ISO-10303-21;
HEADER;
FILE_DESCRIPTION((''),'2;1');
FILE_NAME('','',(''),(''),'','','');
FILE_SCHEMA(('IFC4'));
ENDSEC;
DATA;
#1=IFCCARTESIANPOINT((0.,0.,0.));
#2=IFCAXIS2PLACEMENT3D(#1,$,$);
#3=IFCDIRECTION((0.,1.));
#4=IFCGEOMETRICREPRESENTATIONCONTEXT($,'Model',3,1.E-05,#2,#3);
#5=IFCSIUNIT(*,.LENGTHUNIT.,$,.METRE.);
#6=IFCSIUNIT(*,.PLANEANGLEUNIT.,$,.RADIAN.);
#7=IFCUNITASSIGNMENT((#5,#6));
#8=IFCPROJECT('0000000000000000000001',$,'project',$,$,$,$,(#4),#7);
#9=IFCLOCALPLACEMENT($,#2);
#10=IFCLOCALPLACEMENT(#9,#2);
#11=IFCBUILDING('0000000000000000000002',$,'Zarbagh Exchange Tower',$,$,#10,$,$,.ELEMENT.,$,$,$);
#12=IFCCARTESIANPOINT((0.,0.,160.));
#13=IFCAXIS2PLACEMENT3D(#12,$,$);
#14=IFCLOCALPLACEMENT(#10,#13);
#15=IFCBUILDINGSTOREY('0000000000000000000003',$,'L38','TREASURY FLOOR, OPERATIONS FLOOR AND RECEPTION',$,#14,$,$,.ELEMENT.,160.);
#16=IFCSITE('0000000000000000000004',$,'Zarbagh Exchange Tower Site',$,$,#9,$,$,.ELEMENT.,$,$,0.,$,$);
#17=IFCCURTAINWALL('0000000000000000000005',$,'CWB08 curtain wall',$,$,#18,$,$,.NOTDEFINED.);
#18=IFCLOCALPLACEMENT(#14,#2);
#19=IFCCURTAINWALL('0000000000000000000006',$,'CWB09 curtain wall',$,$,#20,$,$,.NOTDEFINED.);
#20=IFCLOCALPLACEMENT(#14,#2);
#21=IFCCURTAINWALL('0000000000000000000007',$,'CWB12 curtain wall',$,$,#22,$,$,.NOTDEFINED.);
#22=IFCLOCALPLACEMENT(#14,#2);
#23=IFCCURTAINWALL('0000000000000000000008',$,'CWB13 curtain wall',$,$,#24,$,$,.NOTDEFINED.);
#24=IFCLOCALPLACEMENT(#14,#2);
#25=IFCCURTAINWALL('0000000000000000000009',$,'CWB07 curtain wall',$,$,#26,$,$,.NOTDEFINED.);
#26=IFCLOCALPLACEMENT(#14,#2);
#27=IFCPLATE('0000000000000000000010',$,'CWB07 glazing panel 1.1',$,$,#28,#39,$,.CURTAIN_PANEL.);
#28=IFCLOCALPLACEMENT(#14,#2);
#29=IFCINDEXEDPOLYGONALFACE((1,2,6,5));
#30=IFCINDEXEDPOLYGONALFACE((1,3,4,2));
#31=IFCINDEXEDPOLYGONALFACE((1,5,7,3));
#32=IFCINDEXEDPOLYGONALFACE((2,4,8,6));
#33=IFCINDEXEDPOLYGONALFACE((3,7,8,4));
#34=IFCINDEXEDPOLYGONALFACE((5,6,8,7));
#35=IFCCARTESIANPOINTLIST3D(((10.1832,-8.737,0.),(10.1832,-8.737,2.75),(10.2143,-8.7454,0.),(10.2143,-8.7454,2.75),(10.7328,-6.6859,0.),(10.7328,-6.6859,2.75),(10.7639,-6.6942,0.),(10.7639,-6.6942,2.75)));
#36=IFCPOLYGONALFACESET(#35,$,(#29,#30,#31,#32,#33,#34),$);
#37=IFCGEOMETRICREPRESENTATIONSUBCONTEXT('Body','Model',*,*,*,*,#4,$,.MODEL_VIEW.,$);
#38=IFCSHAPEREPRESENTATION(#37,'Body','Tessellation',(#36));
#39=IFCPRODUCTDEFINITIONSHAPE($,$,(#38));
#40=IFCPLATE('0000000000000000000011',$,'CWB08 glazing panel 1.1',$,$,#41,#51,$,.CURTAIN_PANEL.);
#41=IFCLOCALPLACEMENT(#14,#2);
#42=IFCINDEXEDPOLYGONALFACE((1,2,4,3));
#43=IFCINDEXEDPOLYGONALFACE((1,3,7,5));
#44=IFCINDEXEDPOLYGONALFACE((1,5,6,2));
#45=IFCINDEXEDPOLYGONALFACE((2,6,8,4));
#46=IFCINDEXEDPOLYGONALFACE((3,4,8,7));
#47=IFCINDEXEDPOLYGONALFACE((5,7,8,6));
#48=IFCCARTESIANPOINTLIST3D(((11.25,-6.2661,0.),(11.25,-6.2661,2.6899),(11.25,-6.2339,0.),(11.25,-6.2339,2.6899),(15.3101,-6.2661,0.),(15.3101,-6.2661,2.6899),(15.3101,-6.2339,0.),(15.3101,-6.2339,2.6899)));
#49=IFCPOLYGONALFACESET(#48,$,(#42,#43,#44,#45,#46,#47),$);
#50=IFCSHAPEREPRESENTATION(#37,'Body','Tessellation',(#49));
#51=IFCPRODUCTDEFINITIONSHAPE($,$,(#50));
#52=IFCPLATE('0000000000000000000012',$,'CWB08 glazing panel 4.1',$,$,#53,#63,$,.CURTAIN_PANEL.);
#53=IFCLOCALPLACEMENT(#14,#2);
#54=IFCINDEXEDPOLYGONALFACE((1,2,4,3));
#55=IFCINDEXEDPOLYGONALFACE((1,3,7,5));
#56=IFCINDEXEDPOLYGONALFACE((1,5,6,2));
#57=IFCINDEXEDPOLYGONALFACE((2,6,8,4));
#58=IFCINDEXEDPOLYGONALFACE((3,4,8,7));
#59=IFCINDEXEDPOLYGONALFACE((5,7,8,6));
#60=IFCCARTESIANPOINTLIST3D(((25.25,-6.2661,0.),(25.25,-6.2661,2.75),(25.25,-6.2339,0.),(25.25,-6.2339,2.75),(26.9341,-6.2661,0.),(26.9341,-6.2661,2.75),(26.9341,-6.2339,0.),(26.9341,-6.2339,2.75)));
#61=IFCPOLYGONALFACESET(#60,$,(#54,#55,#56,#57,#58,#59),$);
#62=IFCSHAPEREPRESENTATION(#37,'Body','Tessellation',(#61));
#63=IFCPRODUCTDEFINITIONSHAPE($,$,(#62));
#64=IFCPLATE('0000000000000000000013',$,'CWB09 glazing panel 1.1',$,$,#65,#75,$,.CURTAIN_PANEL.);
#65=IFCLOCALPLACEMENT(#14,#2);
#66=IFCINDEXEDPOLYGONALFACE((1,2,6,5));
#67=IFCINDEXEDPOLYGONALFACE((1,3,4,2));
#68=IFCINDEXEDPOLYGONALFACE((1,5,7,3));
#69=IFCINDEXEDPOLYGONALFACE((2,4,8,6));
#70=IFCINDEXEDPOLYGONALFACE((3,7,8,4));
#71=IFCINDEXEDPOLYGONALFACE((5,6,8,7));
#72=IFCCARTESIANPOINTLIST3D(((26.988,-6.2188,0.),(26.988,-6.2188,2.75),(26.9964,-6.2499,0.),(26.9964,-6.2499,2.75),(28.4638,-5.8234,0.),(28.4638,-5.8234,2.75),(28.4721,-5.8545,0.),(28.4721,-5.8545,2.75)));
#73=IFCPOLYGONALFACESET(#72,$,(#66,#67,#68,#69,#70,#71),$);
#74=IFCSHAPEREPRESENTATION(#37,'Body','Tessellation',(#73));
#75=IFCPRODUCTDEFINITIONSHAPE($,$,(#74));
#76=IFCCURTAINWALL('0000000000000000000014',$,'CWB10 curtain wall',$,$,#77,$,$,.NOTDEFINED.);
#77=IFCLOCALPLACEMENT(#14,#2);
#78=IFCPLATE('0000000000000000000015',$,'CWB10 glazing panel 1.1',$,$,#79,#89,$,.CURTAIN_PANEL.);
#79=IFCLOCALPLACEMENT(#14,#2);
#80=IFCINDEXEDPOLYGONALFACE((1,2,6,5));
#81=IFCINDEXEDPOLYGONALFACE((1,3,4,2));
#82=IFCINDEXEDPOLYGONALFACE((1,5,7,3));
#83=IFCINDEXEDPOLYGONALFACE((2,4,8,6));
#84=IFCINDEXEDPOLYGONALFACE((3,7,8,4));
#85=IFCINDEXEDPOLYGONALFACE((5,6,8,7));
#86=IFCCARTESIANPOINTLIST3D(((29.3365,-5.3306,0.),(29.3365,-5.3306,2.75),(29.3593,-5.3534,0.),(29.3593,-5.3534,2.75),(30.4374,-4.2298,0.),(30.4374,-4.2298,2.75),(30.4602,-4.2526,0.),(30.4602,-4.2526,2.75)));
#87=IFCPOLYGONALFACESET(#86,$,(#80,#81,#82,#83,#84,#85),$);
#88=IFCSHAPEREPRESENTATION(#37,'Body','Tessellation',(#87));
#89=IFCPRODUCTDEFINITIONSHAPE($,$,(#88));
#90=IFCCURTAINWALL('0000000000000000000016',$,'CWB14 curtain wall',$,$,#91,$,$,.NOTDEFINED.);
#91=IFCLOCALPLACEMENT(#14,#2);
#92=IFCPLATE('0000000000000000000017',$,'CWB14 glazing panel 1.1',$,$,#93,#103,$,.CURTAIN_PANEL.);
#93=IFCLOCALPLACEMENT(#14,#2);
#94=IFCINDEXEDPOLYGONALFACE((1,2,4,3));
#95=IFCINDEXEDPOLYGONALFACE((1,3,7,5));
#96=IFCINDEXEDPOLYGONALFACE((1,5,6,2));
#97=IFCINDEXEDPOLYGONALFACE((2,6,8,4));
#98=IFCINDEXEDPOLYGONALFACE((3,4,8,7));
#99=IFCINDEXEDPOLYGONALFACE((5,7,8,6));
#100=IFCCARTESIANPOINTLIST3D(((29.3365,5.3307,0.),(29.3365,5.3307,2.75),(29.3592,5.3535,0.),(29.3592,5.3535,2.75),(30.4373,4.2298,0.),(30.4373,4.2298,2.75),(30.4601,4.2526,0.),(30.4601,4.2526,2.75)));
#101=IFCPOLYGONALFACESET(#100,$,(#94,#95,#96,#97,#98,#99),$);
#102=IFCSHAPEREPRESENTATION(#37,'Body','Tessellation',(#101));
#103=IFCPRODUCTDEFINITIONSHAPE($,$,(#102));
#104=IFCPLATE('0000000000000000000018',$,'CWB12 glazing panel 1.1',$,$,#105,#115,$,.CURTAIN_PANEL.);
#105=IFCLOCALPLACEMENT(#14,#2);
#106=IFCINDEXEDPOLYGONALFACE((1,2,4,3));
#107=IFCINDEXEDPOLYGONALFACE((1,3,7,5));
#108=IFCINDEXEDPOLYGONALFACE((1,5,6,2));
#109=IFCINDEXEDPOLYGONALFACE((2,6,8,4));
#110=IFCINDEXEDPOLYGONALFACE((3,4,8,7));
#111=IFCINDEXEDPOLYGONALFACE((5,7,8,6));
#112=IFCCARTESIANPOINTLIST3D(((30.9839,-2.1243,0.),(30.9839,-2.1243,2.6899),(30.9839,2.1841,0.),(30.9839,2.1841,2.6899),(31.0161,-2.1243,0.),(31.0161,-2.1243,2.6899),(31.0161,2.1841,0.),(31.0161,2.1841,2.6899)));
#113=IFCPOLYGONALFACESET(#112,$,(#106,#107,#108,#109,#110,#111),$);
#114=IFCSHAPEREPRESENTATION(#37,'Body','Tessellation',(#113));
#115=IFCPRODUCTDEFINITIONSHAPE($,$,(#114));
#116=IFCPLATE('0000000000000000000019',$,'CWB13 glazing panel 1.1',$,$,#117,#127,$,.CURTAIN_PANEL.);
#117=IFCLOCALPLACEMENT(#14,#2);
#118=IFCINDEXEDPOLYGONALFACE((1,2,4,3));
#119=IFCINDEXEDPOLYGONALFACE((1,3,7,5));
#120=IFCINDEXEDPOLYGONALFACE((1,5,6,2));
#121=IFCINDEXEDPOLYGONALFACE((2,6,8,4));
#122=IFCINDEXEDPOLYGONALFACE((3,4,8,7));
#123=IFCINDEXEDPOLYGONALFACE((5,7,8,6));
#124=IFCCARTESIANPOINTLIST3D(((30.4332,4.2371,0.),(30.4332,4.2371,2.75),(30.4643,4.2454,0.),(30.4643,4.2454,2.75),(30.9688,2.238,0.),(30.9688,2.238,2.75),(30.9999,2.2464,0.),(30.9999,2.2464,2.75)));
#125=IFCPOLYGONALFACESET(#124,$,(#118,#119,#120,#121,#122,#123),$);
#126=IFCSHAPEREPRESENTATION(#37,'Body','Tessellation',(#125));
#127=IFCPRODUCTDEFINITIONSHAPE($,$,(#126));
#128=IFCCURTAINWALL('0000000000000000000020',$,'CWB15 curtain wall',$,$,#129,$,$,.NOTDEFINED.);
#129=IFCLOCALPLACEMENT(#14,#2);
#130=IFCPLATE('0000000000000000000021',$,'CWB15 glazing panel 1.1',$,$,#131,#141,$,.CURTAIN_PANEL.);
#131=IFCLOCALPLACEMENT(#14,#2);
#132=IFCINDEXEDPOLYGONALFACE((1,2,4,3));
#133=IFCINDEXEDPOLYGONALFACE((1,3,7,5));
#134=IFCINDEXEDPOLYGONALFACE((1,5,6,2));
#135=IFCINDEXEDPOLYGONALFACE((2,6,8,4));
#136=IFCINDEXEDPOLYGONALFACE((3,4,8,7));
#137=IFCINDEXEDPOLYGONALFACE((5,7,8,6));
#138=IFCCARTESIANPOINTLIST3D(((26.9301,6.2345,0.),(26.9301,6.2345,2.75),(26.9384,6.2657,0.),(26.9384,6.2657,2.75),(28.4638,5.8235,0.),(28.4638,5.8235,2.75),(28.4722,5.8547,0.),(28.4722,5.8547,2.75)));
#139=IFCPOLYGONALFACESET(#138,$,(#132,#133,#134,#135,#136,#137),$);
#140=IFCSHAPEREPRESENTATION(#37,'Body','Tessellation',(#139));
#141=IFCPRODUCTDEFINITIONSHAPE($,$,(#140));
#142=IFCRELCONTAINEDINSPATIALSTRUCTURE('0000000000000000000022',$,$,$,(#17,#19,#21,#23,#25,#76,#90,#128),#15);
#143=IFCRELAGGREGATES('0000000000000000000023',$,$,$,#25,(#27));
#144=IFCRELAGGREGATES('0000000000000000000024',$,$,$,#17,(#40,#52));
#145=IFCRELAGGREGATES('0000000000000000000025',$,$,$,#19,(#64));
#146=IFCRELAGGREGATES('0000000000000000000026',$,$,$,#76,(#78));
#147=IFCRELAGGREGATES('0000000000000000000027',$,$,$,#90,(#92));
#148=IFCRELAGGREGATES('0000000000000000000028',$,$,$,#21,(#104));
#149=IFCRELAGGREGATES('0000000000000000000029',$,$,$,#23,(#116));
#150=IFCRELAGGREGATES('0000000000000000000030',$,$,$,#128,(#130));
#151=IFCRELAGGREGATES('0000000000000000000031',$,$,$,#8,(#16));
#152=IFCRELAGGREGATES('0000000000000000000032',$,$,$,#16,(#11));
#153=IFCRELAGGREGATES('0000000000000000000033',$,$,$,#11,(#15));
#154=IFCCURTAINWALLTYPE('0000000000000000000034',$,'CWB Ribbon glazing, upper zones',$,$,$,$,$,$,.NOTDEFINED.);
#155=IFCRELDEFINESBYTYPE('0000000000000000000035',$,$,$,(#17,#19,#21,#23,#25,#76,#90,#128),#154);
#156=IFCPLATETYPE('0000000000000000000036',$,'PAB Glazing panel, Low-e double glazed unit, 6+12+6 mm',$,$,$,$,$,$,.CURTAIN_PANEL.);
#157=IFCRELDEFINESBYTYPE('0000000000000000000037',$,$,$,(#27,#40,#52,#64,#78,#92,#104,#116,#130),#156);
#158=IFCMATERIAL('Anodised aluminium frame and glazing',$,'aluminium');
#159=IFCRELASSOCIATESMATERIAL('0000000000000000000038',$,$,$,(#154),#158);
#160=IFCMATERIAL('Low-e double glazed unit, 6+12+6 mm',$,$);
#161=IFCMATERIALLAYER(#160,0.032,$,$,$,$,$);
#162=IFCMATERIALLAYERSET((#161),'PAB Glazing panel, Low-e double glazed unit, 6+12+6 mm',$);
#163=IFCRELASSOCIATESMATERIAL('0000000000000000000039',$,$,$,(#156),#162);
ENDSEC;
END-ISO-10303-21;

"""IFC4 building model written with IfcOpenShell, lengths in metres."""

from ifc_helpers import new_model, si_unit, direction, frame, origin, place, context, subcontext, project, spatial, polyline, outline, extrude, source, transform, mapped, material, layer, layer_set, type_object, element, aggregate, save


model = new_model("IFC4")

# Units and contexts
model_context = context("Model", 3, precision=1e-05, world=origin(), true_north=direction((0.0, 1.0)))
body_context = subcontext(model_context, "Body", "Model", "MODEL_VIEW")
ifc_project = project(units=[si_unit("LENGTHUNIT", "METRE"), si_unit("PLANEANGLEUNIT", "RADIAN")], contexts=[model_context])

# Site, building, storey
site_placement = place(None, origin())
site = spatial("IfcSite", under=ifc_project, at=site_placement, Name="Zarbagh Exchange Tower Site", CompositionType="ELEMENT", RefElevation=0.0)
building_placement = place(site_placement, origin())
building = spatial("IfcBuilding", under=site, at=building_placement, Name="Zarbagh Exchange Tower", CompositionType="ELEMENT")
storey_placement = place(building_placement, frame((0.0, 0.0, 160.0)))
storey = spatial("IfcBuildingStorey", under=building, at=storey_placement, Name="L38", Description="TREASURY FLOOR, OPERATIONS FLOOR AND RECEPTION", CompositionType="ELEMENT", Elevation=160.0)

# Shared definitions
ifc_material_1 = material(Name="Anodised aluminium frame and glazing", Category="aluminium")
curtain_wall_type = type_object("IfcCurtainWallType", Name="CWB Ribbon glazing, upper zones", PredefinedType="NOTDEFINED", material=ifc_material_1)
placement = place(storey_placement, origin())

# Curtain wall
curtain_wall_1_placement = place(storey_placement, origin())
curtain_wall_1 = element("IfcCurtainWall", 1, at=curtain_wall_1_placement, inside=storey, type_object=curtain_wall_type, Name="CWB08 curtain wall", PredefinedType="NOTDEFINED")

# Curtain walls
curtain_wall_2_placement = place(storey_placement, origin())
curtain_wall_2 = element("IfcCurtainWall", 2, at=curtain_wall_2_placement, inside=storey, type_object=curtain_wall_type, Name="CWB09 curtain wall", PredefinedType="NOTDEFINED")
curtain_wall_3_placement = place(storey_placement, origin())
curtain_wall_3 = element("IfcCurtainWall", 3, at=curtain_wall_3_placement, inside=storey, type_object=curtain_wall_type, Name="CWB12 curtain wall", PredefinedType="NOTDEFINED")
curtain_wall_4_placement = place(storey_placement, origin())
curtain_wall_4 = element("IfcCurtainWall", 4, at=curtain_wall_4_placement, inside=storey, type_object=curtain_wall_type, Name="CWB13 curtain wall", PredefinedType="NOTDEFINED")

# Shared definitions
ifc_material_2 = material(Name="Low-e double glazed unit, 6+12+6 mm")
ifc_layer = layer(ifc_material_2, 0.032)
ifc_layer_set = layer_set([ifc_layer], Name="PAB Glazing panel, Low-e double glazed unit, 6+12+6 mm")
plate_type = type_object("IfcPlateType", Name="PAB Glazing panel, Low-e double glazed unit, 6+12+6 mm", PredefinedType="CURTAIN_PANEL", material=ifc_layer_set)

# Curtain wall, plate
curtain_wall_5_placement = place(storey_placement, origin())
curtain_wall_5 = element("IfcCurtainWall", 5, at=curtain_wall_5_placement, inside=storey, type_object=curtain_wall_type, Name="CWB07 curtain wall", PredefinedType="NOTDEFINED")
shared_shape_1 = source(origin(), body_context, "Body", "SweptSolid", [
    extrude(outline(polyline([(0.0, -0.0161), (2.1235, -0.0161), (2.1235, 0.0161), (0.0, 0.0161), (0.0, -0.0161)])), origin(), (0.0, 0.0, 1.0), 2.75),
])
plate_1 = element("IfcPlate", 6, at=placement, type_object=plate_type, Name="CWB07 glazing panel 1.1", PredefinedType="CURTAIN_PANEL", context=body_context, shape_type="MappedRepresentation", body=[
    mapped(shared_shape_1, transform((10.1987, -8.7412, 0.0), x_axis=(0.258825, 0.965924, 0.0), y_axis=(-0.965924, 0.258825, 0.0), z_axis=(0.0, 0.0, 1.0))),
])
aggregate(curtain_wall_5, [plate_1])

# Plates
shared_shape_2 = source(origin(), body_context, "Body", "SweptSolid", [
    extrude(outline(polyline([(0.0, -0.0161), (4.0601, -0.0161), (4.0601, 0.0161), (0.0, 0.0161), (0.0, -0.0161)])), origin(), (0.0, 0.0, 1.0), 2.6899),
])
plate_2 = element("IfcPlate", 7, at=placement, type_object=plate_type, Name="CWB08 glazing panel 1.1", PredefinedType="CURTAIN_PANEL", context=body_context, shape_type="MappedRepresentation", body=[
    mapped(shared_shape_2, transform((11.25, -6.25, 0.0), x_axis=(1.0, 0.0, 0.0), y_axis=(0.0, 1.0, 0.0), z_axis=(0.0, 0.0, 1.0))),
])
shared_shape_3 = source(origin(), body_context, "Body", "SweptSolid", [
    extrude(outline(polyline([(0.0, -0.0161), (1.6841, -0.0161), (1.6841, 0.0161), (0.0, 0.0161), (0.0, -0.0161)])), origin(), (0.0, 0.0, 1.0), 2.75),
])
plate_3 = element("IfcPlate", 8, at=placement, type_object=plate_type, Name="CWB08 glazing panel 4.1", PredefinedType="CURTAIN_PANEL", context=body_context, shape_type="MappedRepresentation", body=[
    mapped(shared_shape_3, transform((25.25, -6.25, 0.0), x_axis=(1.0, 0.0, 0.0), y_axis=(0.0, 1.0, 0.0), z_axis=(0.0, 0.0, 1.0))),
])
aggregate(curtain_wall_1, [plate_2, plate_3])
shared_shape_4 = source(origin(), body_context, "Body", "SweptSolid", [
    extrude(outline(polyline([(0.0, -0.0161), (1.5278, -0.0161), (1.5278, 0.0161), (0.0, 0.0161), (0.0, -0.0161)])), origin(), (0.0, 0.0, 1.0), 2.75),
])
plate_4 = element("IfcPlate", 9, at=placement, type_object=plate_type, Name="CWB09 glazing panel 1.1", PredefinedType="CURTAIN_PANEL", context=body_context, shape_type="MappedRepresentation", body=[
    mapped(shared_shape_4, transform((26.9922, -6.2344, 0.0), x_axis=(0.965924, 0.258825, 0.0), y_axis=(-0.258825, 0.965924, 0.0), z_axis=(0.0, 0.0, 1.0))),
])
aggregate(curtain_wall_2, [plate_4])

# Curtain walls, plates
curtain_wall_6_placement = place(storey_placement, origin())
curtain_wall_6 = element("IfcCurtainWall", 10, at=curtain_wall_6_placement, inside=storey, type_object=curtain_wall_type, Name="CWB10 curtain wall", PredefinedType="NOTDEFINED")
shared_shape_5 = source(origin(), body_context, "Body", "SweptSolid", [
    extrude(outline(polyline([(0.0, -0.0161), (1.5569, -0.0161), (1.5569, 0.0161), (0.0, 0.0161), (0.0, -0.0161)])), origin(), (0.0, 0.0, 1.0), 2.75),
])
plate_5 = element("IfcPlate", 11, at=placement, type_object=plate_type, Name="CWB10 glazing panel 1.1", PredefinedType="CURTAIN_PANEL", context=body_context, shape_type="MappedRepresentation", body=[
    mapped(shared_shape_5, transform((29.3479, -5.342, 0.0), x_axis=(0.707107, 0.707107, 0.0), y_axis=(-0.707107, 0.707107, 0.0), z_axis=(0.0, 0.0, 1.0))),
])
aggregate(curtain_wall_6, [plate_5])
curtain_wall_7_placement = place(storey_placement, origin())
curtain_wall_7 = element("IfcCurtainWall", 12, at=curtain_wall_7_placement, inside=storey, type_object=curtain_wall_type, Name="CWB14 curtain wall", PredefinedType="NOTDEFINED")
plate_6 = element("IfcPlate", 13, at=placement, type_object=plate_type, Name="CWB14 glazing panel 1.1", PredefinedType="CURTAIN_PANEL", context=body_context, shape_type="MappedRepresentation", body=[
    mapped(shared_shape_5, transform((30.4487, 4.2412, 0.0), x_axis=(-0.707107, 0.707107, 0.0), y_axis=(-0.707107, -0.707107, 0.0), z_axis=(0.0, 0.0, 1.0))),
])
aggregate(curtain_wall_7, [plate_6])

# Plates
shared_shape_6 = source(origin(), body_context, "Body", "SweptSolid", [
    extrude(outline(polyline([(0.0, -0.0161), (4.3083, -0.0161), (4.3083, 0.0161), (0.0, 0.0161), (0.0, -0.0161)])), origin(), (0.0, 0.0, 1.0), 2.6899),
])
plate_7 = element("IfcPlate", 14, at=placement, type_object=plate_type, Name="CWB12 glazing panel 1.1", PredefinedType="CURTAIN_PANEL", context=body_context, shape_type="MappedRepresentation", body=[
    mapped(shared_shape_6, transform((31.0, -2.1243, 0.0), x_axis=(0.0, 1.0, 0.0), y_axis=(-1.0, 0.0, 0.0), z_axis=(0.0, 0.0, 1.0))),
])
aggregate(curtain_wall_3, [plate_7])
shared_shape_7 = source(origin(), body_context, "Body", "SweptSolid", [
    extrude(outline(polyline([(0.0, -0.0161), (2.0696, -0.0161), (2.0696, 0.0161), (0.0, 0.0161), (0.0, -0.0161)])), origin(), (0.0, 0.0, 1.0), 2.75),
])
plate_8 = element("IfcPlate", 15, at=placement, type_object=plate_type, Name="CWB13 glazing panel 1.1", PredefinedType="CURTAIN_PANEL", context=body_context, shape_type="MappedRepresentation", body=[
    mapped(shared_shape_7, transform((30.9844, 2.2422, 0.0), x_axis=(-0.258825, 0.965924, 0.0), y_axis=(-0.965924, -0.258825, 0.0), z_axis=(0.0, 0.0, 1.0))),
])
aggregate(curtain_wall_4, [plate_8])

# Curtain wall, plate
curtain_wall_8_placement = place(storey_placement, origin())
curtain_wall_8 = element("IfcCurtainWall", 16, at=curtain_wall_8_placement, inside=storey, type_object=curtain_wall_type, Name="CWB15 curtain wall", PredefinedType="NOTDEFINED")
shared_shape_8 = source(origin(), body_context, "Body", "SweptSolid", [
    extrude(outline(polyline([(0.0, -0.0161), (1.5879, -0.0161), (1.5879, 0.0161), (0.0, 0.0161), (0.0, -0.0161)])), origin(), (0.0, 0.0, 1.0), 2.75),
])
plate_9 = element("IfcPlate", 17, at=placement, type_object=plate_type, Name="CWB15 glazing panel 1.1", PredefinedType="CURTAIN_PANEL", context=body_context, shape_type="MappedRepresentation", body=[
    mapped(shared_shape_8, transform((28.468, 5.8391, 0.0), x_axis=(-0.965924, 0.258825, 0.0), y_axis=(-0.258825, -0.965924, 0.0), z_axis=(0.0, 0.0, 1.0))),
])
aggregate(curtain_wall_8, [plate_9])

save(model, "model.ifc")
